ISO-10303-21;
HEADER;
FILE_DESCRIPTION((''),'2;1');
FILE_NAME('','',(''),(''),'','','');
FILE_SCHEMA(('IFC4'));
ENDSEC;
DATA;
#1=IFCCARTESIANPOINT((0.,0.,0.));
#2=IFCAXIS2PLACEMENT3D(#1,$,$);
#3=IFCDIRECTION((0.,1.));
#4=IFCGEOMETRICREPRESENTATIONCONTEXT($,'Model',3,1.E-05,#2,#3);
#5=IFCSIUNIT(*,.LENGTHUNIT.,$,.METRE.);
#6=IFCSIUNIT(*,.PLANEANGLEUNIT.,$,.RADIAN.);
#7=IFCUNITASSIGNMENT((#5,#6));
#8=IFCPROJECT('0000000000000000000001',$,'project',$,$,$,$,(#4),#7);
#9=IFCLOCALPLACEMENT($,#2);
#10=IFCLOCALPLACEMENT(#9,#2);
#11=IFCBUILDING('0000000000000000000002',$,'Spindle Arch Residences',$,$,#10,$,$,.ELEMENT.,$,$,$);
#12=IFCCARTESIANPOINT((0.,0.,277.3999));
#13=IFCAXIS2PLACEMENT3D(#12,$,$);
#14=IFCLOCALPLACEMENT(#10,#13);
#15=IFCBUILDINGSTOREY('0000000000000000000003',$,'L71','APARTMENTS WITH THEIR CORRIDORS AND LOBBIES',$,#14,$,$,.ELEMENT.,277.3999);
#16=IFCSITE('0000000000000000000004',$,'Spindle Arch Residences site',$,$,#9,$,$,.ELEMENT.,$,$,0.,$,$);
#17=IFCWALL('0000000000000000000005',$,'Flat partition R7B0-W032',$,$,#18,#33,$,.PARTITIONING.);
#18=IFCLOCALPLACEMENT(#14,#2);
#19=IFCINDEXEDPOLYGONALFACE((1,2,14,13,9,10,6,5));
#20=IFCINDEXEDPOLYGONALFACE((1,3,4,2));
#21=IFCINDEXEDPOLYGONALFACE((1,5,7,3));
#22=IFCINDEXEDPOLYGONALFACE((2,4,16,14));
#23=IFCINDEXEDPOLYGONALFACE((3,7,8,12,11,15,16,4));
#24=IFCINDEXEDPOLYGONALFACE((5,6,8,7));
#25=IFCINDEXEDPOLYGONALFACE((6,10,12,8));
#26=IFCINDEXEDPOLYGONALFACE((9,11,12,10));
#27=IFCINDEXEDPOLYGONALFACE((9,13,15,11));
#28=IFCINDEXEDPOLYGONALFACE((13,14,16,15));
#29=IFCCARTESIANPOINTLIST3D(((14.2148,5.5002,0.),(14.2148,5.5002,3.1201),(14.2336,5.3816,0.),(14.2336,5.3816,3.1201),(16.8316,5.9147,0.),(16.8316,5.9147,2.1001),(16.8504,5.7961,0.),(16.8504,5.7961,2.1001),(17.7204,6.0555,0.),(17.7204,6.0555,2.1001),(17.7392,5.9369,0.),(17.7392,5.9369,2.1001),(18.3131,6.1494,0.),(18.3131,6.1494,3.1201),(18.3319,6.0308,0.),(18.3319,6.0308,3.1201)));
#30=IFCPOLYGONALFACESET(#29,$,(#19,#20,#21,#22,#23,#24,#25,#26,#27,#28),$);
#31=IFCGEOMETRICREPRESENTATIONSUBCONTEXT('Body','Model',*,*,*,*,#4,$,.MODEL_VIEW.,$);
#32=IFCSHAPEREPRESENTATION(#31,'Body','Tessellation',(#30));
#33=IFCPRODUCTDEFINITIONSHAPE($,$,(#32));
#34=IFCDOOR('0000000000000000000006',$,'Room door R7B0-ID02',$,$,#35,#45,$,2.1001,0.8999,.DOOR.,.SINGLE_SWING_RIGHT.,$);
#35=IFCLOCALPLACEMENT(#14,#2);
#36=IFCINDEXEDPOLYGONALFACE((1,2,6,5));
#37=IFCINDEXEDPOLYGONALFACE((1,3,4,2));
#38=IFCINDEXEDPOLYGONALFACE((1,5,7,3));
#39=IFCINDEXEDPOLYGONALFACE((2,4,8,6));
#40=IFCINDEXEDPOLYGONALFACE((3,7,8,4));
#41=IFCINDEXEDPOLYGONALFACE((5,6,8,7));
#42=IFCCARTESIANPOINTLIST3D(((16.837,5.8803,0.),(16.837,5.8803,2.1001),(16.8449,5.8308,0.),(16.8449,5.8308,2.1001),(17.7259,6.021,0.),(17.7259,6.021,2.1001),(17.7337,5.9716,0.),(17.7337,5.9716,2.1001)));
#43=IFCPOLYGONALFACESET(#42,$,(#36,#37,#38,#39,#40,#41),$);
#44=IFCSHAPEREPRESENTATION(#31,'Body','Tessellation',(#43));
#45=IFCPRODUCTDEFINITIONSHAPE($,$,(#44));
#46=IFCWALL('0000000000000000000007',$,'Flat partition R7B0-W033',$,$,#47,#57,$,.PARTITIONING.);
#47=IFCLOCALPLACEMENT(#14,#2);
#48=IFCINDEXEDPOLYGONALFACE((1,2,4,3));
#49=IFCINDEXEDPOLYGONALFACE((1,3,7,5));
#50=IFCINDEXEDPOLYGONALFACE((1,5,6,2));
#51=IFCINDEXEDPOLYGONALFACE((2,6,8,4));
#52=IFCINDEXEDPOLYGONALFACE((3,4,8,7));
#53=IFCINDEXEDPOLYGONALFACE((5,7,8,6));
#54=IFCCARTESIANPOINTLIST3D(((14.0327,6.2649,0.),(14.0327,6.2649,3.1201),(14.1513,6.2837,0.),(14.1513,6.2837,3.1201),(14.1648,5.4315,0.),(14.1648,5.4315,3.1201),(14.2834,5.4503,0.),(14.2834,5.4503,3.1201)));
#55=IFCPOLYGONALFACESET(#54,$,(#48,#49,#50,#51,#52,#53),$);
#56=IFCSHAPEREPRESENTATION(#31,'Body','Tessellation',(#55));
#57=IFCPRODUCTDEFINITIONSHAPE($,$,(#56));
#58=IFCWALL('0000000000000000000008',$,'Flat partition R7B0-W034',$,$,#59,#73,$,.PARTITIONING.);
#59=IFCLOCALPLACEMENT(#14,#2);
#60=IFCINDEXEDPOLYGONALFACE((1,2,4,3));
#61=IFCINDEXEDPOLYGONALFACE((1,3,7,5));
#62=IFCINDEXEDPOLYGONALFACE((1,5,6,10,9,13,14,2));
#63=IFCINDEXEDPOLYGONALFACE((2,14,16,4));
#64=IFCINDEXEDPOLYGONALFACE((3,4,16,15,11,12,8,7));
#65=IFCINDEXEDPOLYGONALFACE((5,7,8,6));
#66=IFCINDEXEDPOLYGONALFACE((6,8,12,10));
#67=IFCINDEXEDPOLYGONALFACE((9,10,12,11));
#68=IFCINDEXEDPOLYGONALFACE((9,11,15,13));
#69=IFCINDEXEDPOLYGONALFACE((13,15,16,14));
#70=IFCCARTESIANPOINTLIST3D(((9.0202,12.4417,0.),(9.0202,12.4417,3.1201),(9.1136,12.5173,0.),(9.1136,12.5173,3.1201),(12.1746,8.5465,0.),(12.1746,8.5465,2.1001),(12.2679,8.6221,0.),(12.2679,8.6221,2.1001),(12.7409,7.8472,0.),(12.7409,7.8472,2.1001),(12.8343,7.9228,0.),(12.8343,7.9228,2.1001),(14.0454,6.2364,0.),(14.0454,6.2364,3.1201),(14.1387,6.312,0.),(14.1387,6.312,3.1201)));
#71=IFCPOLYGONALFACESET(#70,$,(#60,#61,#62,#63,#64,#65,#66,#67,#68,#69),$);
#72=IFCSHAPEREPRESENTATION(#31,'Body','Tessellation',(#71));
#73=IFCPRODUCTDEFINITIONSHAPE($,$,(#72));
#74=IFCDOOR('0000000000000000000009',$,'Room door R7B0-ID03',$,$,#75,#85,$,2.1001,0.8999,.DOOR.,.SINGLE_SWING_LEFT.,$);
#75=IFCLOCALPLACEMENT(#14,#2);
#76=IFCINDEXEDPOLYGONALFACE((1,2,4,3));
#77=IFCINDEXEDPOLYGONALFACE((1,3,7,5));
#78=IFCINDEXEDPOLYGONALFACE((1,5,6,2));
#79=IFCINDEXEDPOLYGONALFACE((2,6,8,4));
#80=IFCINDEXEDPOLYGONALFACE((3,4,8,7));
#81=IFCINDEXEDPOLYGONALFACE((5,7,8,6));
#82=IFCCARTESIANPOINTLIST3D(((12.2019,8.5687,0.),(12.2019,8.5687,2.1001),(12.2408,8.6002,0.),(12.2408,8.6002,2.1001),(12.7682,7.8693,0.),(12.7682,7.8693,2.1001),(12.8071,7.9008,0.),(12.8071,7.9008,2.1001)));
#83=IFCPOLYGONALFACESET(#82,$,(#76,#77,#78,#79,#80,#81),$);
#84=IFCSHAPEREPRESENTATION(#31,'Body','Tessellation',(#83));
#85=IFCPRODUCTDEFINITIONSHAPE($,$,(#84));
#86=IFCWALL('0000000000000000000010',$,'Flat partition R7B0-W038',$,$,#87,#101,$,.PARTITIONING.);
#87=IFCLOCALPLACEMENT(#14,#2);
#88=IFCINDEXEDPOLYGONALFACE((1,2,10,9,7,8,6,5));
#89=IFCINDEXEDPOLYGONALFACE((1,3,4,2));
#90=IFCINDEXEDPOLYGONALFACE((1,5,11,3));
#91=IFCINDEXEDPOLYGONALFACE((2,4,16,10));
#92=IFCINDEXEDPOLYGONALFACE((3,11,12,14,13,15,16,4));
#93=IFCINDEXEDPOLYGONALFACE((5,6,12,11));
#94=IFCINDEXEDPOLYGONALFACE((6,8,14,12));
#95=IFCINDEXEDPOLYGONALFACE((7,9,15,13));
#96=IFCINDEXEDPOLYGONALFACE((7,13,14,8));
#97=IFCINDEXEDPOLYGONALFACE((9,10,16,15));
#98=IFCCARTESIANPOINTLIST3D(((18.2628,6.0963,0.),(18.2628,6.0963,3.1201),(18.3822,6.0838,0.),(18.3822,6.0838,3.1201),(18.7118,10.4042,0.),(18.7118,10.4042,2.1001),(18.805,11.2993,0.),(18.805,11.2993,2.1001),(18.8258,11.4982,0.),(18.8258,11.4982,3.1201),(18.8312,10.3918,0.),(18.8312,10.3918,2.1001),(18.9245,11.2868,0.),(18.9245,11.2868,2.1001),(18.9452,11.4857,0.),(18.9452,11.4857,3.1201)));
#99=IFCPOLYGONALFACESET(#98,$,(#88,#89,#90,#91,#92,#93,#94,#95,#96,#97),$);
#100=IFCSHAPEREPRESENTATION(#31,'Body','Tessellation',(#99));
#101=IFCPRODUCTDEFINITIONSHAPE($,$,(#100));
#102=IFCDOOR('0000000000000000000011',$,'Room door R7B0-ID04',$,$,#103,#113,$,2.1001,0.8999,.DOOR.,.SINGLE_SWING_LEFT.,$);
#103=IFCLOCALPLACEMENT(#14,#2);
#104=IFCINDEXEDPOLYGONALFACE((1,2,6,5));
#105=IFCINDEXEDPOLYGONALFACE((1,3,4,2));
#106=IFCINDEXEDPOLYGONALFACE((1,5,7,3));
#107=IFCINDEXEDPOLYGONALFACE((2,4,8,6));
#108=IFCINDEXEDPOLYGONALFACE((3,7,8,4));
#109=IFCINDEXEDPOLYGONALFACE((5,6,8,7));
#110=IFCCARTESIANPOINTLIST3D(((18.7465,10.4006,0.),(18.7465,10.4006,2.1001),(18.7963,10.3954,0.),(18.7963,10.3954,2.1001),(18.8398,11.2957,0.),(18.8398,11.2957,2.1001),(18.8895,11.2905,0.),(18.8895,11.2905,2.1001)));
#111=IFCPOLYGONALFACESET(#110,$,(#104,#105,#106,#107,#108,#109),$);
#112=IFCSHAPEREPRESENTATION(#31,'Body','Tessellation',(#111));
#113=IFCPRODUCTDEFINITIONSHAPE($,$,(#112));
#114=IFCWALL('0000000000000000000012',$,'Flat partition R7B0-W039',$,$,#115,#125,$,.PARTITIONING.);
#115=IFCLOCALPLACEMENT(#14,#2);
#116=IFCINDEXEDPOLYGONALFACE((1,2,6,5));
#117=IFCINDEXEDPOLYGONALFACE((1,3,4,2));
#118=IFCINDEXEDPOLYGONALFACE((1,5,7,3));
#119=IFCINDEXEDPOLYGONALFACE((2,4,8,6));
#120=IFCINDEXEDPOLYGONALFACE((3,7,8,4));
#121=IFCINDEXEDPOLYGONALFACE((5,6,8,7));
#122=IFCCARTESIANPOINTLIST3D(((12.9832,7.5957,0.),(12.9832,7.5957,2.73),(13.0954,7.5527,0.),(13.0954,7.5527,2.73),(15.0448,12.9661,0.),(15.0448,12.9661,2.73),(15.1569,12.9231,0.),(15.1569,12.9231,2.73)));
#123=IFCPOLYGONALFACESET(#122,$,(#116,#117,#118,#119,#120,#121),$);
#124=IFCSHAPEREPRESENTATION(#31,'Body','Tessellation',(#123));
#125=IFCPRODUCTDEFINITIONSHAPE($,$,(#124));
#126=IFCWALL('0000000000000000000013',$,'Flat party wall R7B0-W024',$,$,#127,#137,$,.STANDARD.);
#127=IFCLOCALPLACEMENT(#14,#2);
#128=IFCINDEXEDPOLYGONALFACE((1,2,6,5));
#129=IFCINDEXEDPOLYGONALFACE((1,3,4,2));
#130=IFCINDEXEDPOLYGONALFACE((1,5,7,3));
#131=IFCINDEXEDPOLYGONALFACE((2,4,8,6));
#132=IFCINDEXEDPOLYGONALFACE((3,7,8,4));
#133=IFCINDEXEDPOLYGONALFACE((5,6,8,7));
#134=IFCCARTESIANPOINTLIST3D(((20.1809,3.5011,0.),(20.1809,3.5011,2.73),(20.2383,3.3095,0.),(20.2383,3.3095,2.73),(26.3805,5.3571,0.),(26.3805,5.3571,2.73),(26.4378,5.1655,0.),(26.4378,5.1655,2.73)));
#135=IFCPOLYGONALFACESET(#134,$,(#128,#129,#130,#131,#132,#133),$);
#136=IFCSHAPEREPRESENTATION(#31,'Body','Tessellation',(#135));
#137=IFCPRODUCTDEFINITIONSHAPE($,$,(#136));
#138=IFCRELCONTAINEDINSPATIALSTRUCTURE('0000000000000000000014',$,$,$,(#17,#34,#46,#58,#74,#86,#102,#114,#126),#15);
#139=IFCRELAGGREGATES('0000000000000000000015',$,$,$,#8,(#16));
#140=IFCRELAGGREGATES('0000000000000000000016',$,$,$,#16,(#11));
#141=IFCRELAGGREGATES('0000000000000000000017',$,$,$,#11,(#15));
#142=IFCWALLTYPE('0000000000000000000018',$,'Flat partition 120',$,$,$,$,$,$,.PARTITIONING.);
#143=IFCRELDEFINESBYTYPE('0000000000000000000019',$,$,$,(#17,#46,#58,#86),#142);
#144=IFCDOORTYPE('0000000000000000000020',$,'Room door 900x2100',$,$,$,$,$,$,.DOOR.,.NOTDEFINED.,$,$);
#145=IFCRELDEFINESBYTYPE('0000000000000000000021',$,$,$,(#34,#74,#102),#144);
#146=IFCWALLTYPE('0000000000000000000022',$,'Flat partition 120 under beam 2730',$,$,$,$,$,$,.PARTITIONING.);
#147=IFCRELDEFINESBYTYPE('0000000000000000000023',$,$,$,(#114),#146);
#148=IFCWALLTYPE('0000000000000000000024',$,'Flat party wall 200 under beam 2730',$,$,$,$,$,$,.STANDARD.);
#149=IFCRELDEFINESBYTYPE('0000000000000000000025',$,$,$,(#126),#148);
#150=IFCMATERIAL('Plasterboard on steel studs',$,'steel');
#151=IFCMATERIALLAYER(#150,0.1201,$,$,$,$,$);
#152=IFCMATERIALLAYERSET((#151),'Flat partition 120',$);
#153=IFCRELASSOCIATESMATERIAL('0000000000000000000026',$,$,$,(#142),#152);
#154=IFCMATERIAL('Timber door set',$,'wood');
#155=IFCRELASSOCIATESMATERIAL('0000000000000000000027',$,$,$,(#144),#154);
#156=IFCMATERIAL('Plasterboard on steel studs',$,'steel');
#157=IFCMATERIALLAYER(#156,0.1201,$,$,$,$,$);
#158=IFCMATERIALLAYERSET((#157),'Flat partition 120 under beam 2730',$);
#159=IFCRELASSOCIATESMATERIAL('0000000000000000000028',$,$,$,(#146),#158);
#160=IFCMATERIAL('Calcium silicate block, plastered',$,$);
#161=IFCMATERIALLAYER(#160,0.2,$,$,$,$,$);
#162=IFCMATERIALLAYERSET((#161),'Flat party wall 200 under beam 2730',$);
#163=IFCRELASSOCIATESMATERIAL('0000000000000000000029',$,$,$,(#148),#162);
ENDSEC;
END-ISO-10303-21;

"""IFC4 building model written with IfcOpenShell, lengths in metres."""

from ifc_helpers import new_model, si_unit, direction, frame, frame_2d, origin, place, context, subcontext, project, spatial, rectangle, extrude, material, layer, layer_set, type_object, element, fill, save


model = new_model("IFC4")

# Units and contexts
model_context = context("Model", 3, precision=1e-05, world=origin(), true_north=direction((0.0, 1.0)))
body_context = subcontext(model_context, "Body", "Model", "MODEL_VIEW")
ifc_project = project(units=[si_unit("LENGTHUNIT", "METRE"), si_unit("PLANEANGLEUNIT", "RADIAN")], contexts=[model_context])

# Site, building, storey
site_placement = place(None, origin())
site = spatial("IfcSite", under=ifc_project, at=site_placement, Name="Spindle Arch Residences site", CompositionType="ELEMENT", RefElevation=0.0)
building_placement = place(site_placement, origin())
building = spatial("IfcBuilding", under=site, at=building_placement, Name="Spindle Arch Residences", CompositionType="ELEMENT")
storey_placement = place(building_placement, frame((0.0, 0.0, 277.3999)))
storey = spatial("IfcBuildingStorey", under=building, at=storey_placement, Name="L71", Description="APARTMENTS WITH THEIR CORRIDORS AND LOBBIES", CompositionType="ELEMENT", Elevation=277.3999)

# Wall, opening, door
ifc_material_1 = material(Name="Plasterboard on steel studs", Category="steel")
ifc_layer_1 = layer(ifc_material_1, 0.1201)
ifc_layer_set_1 = layer_set([ifc_layer_1], Name="Flat partition 120")
wall_type_1 = type_object("IfcWallType", Name="Flat partition 120", PredefinedType="PARTITIONING", material=ifc_layer_set_1)
ifc_material_2 = material(Name="Timber door set", Category="wood")
door_type_1 = type_object("IfcDoorType", Name="Room door 900x2100", OperationType="NOTDEFINED", PredefinedType="DOOR", material=ifc_material_2)
wall_1_placement = place(storey_placement, frame((18.3225, 6.0901, 0.0), z_axis=(0.0, 0.0, 1.0), x_axis=(-0.987687, -0.156446, 0.0)))
wall_1 = element("IfcWall", 1, at=wall_1_placement, inside=storey, type_object=wall_type_1, Name="Flat partition R7B0-W032", PredefinedType="PARTITIONING", context=body_context, shape_type="SweptSolid", body=[
    extrude(rectangle(XDim=4.1494, YDim=0.1201, at=frame_2d((2.0747, 0.0))), origin(), (0.0, 0.0, 1.0), 3.1201),
])
opening_1_placement = place(wall_1_placement, frame((0.6001, 0.0, 0.0)))
opening_1 = element("IfcOpeningElement", 2, at=opening_1_placement, cuts=wall_1, PredefinedType="OPENING", context=body_context, shape_type="SweptSolid", body=[
    extrude(rectangle(XDim=0.8999, YDim=2.1001, at=frame_2d((0.45, 1.05))), frame((0.0, 0.0701, 0.0), z_axis=(0.0, -1.0, 0.0), x_axis=(1.0, 0.0, 0.0)), (0.0, 0.0, 1.0), 0.1401),
])
door_1_placement = place(opening_1_placement, origin())
door_1 = element("IfcDoor", 3, at=door_1_placement, inside=storey, type_object=door_type_1, Name="Room door R7B0-ID02", OperationType="SINGLE_SWING_RIGHT", OverallHeight=2.1001, OverallWidth=0.8999, PredefinedType="DOOR", context=body_context, shape_type="SweptSolid", body=[
    extrude(rectangle(XDim=0.8999, YDim=2.1001, at=frame_2d((0.45, 1.05))), frame((0.0, 0.0249, 0.0), z_axis=(0.0, -1.0, 0.0), x_axis=(1.0, 0.0, 0.0)), (0.0, 0.0, 1.0), 0.05),
])
fill(opening_1, door_1)

# Wall
wall_2_placement = place(storey_placement, frame((14.2241, 5.4409, 0.0), z_axis=(0.0, 0.0, 1.0), x_axis=(-0.156557, 0.987669, 0.0)))
element("IfcWall", 4, at=wall_2_placement, inside=storey, type_object=wall_type_1, Name="Flat partition R7B0-W033", PredefinedType="PARTITIONING", context=body_context, shape_type="SweptSolid", body=[
    extrude(rectangle(XDim=0.8438, YDim=0.1201, at=frame_2d((0.4219, 0.0))), origin(), (0.0, 0.0, 1.0), 3.1201),
])

# Walls, openings, doors
wall_3_placement = place(storey_placement, frame((14.092, 6.2742, 0.0), z_axis=(0.0, 0.0, 1.0), x_axis=(-0.629334, 0.777135, 0.0)))
wall_3 = element("IfcWall", 5, at=wall_3_placement, inside=storey, type_object=wall_type_1, Name="Flat partition R7B0-W034", PredefinedType="PARTITIONING", context=body_context, shape_type="SweptSolid", body=[
    extrude(rectangle(XDim=7.9849, YDim=0.1201, at=frame_2d((3.9924, 0.0))), origin(), (0.0, 0.0, 1.0), 3.1201),
])
opening_2_placement = place(wall_3_placement, frame((2.0728, 0.0, 0.0)))
opening_2 = element("IfcOpeningElement", 6, at=opening_2_placement, cuts=wall_3, PredefinedType="OPENING", context=body_context, shape_type="SweptSolid", body=[
    extrude(rectangle(XDim=0.8999, YDim=2.1001, at=frame_2d((0.45, 1.05))), frame((0.0, 0.0701, 0.0), z_axis=(0.0, -1.0, 0.0), x_axis=(1.0, 0.0, 0.0)), (0.0, 0.0, 1.0), 0.1401),
])
door_2_placement = place(opening_2_placement, origin())
door_2 = element("IfcDoor", 7, at=door_2_placement, inside=storey, type_object=door_type_1, Name="Room door R7B0-ID03", OperationType="SINGLE_SWING_LEFT", OverallHeight=2.1001, OverallWidth=0.8999, PredefinedType="DOOR", context=body_context, shape_type="SweptSolid", body=[
    extrude(rectangle(XDim=0.8999, YDim=2.1001, at=frame_2d((0.45, 1.05))), frame((0.0, 0.0249, 0.0), z_axis=(0.0, -1.0, 0.0), x_axis=(1.0, 0.0, 0.0)), (0.0, 0.0, 1.0), 0.05),
])
fill(opening_2, door_2)
wall_4_placement = place(storey_placement, frame((18.8855, 11.4919, 0.0), z_axis=(0.0, 0.0, 1.0), x_axis=(-0.10366, -0.994613, 0.0)))
wall_4 = element("IfcWall", 8, at=wall_4_placement, inside=storey, type_object=wall_type_1, Name="Flat partition R7B0-W038", PredefinedType="PARTITIONING", context=body_context, shape_type="SweptSolid", body=[
    extrude(rectangle(XDim=5.4312, YDim=0.1201, at=frame_2d((2.7156, 0.0))), origin(), (0.0, 0.0, 1.0), 3.1201),
])
opening_3_placement = place(wall_4_placement, frame((0.2, 0.0, 0.0)))
opening_3 = element("IfcOpeningElement", 9, at=opening_3_placement, cuts=wall_4, PredefinedType="OPENING", context=body_context, shape_type="SweptSolid", body=[
    extrude(rectangle(XDim=0.8999, YDim=2.1001, at=frame_2d((0.45, 1.05))), frame((0.0, 0.0701, 0.0), z_axis=(0.0, -1.0, 0.0), x_axis=(1.0, 0.0, 0.0)), (0.0, 0.0, 1.0), 0.1401),
])
door_3_placement = place(opening_3_placement, origin())
door_3 = element("IfcDoor", 10, at=door_3_placement, inside=storey, type_object=door_type_1, Name="Room door R7B0-ID04", OperationType="SINGLE_SWING_LEFT", OverallHeight=2.1001, OverallWidth=0.8999, PredefinedType="DOOR", context=body_context, shape_type="SweptSolid", body=[
    extrude(rectangle(XDim=0.8999, YDim=2.1001, at=frame_2d((0.45, 1.05))), frame((0.0, 0.0249, 0.0), z_axis=(0.0, -1.0, 0.0), x_axis=(1.0, 0.0, 0.0)), (0.0, 0.0, 1.0), 0.05),
])
fill(opening_3, door_3)

# Walls
ifc_material_3 = material(Name="Plasterboard on steel studs", Category="steel")
ifc_layer_2 = layer(ifc_material_3, 0.1201)
ifc_layer_set_2 = layer_set([ifc_layer_2], Name="Flat partition 120 under beam 2730")
wall_type_2 = type_object("IfcWallType", Name="Flat partition 120 under beam 2730", PredefinedType="PARTITIONING", material=ifc_layer_set_2)
wall_5_placement = place(storey_placement, frame((15.1008, 12.9446, 0.0), z_axis=(0.0, 0.0, 1.0), x_axis=(-0.358373, -0.933578, 0.0)))
element("IfcWall", 11, at=wall_5_placement, inside=storey, type_object=wall_type_2, Name="Flat partition R7B0-W039", PredefinedType="PARTITIONING", context=body_context, shape_type="SweptSolid", body=[
    extrude(rectangle(XDim=5.7524, YDim=0.1201, at=frame_2d((2.8762, 0.0))), origin(), (0.0, 0.0, 1.0), 2.73),
])
ifc_material_4 = material(Name="Calcium silicate block, plastered")
ifc_layer_3 = layer(ifc_material_4, 0.2)
ifc_layer_set_3 = layer_set([ifc_layer_3], Name="Flat party wall 200 under beam 2730")
wall_type_3 = type_object("IfcWallType", Name="Flat party wall 200 under beam 2730", PredefinedType="STANDARD", material=ifc_layer_set_3)
wall_6_placement = place(storey_placement, frame((20.2095, 3.4053, 0.0), z_axis=(0.0, 0.0, 1.0), x_axis=(0.957991, 0.286798, 0.0)))
element("IfcWall", 12, at=wall_6_placement, inside=storey, type_object=wall_type_3, Name="Flat party wall R7B0-W024", PredefinedType="STANDARD", context=body_context, shape_type="SweptSolid", body=[
    extrude(rectangle(XDim=6.4714, YDim=0.2, at=frame_2d((3.2358, 0.0))), origin(), (0.0, 0.0, 1.0), 2.73),
])

save(model, "model.ifc")
